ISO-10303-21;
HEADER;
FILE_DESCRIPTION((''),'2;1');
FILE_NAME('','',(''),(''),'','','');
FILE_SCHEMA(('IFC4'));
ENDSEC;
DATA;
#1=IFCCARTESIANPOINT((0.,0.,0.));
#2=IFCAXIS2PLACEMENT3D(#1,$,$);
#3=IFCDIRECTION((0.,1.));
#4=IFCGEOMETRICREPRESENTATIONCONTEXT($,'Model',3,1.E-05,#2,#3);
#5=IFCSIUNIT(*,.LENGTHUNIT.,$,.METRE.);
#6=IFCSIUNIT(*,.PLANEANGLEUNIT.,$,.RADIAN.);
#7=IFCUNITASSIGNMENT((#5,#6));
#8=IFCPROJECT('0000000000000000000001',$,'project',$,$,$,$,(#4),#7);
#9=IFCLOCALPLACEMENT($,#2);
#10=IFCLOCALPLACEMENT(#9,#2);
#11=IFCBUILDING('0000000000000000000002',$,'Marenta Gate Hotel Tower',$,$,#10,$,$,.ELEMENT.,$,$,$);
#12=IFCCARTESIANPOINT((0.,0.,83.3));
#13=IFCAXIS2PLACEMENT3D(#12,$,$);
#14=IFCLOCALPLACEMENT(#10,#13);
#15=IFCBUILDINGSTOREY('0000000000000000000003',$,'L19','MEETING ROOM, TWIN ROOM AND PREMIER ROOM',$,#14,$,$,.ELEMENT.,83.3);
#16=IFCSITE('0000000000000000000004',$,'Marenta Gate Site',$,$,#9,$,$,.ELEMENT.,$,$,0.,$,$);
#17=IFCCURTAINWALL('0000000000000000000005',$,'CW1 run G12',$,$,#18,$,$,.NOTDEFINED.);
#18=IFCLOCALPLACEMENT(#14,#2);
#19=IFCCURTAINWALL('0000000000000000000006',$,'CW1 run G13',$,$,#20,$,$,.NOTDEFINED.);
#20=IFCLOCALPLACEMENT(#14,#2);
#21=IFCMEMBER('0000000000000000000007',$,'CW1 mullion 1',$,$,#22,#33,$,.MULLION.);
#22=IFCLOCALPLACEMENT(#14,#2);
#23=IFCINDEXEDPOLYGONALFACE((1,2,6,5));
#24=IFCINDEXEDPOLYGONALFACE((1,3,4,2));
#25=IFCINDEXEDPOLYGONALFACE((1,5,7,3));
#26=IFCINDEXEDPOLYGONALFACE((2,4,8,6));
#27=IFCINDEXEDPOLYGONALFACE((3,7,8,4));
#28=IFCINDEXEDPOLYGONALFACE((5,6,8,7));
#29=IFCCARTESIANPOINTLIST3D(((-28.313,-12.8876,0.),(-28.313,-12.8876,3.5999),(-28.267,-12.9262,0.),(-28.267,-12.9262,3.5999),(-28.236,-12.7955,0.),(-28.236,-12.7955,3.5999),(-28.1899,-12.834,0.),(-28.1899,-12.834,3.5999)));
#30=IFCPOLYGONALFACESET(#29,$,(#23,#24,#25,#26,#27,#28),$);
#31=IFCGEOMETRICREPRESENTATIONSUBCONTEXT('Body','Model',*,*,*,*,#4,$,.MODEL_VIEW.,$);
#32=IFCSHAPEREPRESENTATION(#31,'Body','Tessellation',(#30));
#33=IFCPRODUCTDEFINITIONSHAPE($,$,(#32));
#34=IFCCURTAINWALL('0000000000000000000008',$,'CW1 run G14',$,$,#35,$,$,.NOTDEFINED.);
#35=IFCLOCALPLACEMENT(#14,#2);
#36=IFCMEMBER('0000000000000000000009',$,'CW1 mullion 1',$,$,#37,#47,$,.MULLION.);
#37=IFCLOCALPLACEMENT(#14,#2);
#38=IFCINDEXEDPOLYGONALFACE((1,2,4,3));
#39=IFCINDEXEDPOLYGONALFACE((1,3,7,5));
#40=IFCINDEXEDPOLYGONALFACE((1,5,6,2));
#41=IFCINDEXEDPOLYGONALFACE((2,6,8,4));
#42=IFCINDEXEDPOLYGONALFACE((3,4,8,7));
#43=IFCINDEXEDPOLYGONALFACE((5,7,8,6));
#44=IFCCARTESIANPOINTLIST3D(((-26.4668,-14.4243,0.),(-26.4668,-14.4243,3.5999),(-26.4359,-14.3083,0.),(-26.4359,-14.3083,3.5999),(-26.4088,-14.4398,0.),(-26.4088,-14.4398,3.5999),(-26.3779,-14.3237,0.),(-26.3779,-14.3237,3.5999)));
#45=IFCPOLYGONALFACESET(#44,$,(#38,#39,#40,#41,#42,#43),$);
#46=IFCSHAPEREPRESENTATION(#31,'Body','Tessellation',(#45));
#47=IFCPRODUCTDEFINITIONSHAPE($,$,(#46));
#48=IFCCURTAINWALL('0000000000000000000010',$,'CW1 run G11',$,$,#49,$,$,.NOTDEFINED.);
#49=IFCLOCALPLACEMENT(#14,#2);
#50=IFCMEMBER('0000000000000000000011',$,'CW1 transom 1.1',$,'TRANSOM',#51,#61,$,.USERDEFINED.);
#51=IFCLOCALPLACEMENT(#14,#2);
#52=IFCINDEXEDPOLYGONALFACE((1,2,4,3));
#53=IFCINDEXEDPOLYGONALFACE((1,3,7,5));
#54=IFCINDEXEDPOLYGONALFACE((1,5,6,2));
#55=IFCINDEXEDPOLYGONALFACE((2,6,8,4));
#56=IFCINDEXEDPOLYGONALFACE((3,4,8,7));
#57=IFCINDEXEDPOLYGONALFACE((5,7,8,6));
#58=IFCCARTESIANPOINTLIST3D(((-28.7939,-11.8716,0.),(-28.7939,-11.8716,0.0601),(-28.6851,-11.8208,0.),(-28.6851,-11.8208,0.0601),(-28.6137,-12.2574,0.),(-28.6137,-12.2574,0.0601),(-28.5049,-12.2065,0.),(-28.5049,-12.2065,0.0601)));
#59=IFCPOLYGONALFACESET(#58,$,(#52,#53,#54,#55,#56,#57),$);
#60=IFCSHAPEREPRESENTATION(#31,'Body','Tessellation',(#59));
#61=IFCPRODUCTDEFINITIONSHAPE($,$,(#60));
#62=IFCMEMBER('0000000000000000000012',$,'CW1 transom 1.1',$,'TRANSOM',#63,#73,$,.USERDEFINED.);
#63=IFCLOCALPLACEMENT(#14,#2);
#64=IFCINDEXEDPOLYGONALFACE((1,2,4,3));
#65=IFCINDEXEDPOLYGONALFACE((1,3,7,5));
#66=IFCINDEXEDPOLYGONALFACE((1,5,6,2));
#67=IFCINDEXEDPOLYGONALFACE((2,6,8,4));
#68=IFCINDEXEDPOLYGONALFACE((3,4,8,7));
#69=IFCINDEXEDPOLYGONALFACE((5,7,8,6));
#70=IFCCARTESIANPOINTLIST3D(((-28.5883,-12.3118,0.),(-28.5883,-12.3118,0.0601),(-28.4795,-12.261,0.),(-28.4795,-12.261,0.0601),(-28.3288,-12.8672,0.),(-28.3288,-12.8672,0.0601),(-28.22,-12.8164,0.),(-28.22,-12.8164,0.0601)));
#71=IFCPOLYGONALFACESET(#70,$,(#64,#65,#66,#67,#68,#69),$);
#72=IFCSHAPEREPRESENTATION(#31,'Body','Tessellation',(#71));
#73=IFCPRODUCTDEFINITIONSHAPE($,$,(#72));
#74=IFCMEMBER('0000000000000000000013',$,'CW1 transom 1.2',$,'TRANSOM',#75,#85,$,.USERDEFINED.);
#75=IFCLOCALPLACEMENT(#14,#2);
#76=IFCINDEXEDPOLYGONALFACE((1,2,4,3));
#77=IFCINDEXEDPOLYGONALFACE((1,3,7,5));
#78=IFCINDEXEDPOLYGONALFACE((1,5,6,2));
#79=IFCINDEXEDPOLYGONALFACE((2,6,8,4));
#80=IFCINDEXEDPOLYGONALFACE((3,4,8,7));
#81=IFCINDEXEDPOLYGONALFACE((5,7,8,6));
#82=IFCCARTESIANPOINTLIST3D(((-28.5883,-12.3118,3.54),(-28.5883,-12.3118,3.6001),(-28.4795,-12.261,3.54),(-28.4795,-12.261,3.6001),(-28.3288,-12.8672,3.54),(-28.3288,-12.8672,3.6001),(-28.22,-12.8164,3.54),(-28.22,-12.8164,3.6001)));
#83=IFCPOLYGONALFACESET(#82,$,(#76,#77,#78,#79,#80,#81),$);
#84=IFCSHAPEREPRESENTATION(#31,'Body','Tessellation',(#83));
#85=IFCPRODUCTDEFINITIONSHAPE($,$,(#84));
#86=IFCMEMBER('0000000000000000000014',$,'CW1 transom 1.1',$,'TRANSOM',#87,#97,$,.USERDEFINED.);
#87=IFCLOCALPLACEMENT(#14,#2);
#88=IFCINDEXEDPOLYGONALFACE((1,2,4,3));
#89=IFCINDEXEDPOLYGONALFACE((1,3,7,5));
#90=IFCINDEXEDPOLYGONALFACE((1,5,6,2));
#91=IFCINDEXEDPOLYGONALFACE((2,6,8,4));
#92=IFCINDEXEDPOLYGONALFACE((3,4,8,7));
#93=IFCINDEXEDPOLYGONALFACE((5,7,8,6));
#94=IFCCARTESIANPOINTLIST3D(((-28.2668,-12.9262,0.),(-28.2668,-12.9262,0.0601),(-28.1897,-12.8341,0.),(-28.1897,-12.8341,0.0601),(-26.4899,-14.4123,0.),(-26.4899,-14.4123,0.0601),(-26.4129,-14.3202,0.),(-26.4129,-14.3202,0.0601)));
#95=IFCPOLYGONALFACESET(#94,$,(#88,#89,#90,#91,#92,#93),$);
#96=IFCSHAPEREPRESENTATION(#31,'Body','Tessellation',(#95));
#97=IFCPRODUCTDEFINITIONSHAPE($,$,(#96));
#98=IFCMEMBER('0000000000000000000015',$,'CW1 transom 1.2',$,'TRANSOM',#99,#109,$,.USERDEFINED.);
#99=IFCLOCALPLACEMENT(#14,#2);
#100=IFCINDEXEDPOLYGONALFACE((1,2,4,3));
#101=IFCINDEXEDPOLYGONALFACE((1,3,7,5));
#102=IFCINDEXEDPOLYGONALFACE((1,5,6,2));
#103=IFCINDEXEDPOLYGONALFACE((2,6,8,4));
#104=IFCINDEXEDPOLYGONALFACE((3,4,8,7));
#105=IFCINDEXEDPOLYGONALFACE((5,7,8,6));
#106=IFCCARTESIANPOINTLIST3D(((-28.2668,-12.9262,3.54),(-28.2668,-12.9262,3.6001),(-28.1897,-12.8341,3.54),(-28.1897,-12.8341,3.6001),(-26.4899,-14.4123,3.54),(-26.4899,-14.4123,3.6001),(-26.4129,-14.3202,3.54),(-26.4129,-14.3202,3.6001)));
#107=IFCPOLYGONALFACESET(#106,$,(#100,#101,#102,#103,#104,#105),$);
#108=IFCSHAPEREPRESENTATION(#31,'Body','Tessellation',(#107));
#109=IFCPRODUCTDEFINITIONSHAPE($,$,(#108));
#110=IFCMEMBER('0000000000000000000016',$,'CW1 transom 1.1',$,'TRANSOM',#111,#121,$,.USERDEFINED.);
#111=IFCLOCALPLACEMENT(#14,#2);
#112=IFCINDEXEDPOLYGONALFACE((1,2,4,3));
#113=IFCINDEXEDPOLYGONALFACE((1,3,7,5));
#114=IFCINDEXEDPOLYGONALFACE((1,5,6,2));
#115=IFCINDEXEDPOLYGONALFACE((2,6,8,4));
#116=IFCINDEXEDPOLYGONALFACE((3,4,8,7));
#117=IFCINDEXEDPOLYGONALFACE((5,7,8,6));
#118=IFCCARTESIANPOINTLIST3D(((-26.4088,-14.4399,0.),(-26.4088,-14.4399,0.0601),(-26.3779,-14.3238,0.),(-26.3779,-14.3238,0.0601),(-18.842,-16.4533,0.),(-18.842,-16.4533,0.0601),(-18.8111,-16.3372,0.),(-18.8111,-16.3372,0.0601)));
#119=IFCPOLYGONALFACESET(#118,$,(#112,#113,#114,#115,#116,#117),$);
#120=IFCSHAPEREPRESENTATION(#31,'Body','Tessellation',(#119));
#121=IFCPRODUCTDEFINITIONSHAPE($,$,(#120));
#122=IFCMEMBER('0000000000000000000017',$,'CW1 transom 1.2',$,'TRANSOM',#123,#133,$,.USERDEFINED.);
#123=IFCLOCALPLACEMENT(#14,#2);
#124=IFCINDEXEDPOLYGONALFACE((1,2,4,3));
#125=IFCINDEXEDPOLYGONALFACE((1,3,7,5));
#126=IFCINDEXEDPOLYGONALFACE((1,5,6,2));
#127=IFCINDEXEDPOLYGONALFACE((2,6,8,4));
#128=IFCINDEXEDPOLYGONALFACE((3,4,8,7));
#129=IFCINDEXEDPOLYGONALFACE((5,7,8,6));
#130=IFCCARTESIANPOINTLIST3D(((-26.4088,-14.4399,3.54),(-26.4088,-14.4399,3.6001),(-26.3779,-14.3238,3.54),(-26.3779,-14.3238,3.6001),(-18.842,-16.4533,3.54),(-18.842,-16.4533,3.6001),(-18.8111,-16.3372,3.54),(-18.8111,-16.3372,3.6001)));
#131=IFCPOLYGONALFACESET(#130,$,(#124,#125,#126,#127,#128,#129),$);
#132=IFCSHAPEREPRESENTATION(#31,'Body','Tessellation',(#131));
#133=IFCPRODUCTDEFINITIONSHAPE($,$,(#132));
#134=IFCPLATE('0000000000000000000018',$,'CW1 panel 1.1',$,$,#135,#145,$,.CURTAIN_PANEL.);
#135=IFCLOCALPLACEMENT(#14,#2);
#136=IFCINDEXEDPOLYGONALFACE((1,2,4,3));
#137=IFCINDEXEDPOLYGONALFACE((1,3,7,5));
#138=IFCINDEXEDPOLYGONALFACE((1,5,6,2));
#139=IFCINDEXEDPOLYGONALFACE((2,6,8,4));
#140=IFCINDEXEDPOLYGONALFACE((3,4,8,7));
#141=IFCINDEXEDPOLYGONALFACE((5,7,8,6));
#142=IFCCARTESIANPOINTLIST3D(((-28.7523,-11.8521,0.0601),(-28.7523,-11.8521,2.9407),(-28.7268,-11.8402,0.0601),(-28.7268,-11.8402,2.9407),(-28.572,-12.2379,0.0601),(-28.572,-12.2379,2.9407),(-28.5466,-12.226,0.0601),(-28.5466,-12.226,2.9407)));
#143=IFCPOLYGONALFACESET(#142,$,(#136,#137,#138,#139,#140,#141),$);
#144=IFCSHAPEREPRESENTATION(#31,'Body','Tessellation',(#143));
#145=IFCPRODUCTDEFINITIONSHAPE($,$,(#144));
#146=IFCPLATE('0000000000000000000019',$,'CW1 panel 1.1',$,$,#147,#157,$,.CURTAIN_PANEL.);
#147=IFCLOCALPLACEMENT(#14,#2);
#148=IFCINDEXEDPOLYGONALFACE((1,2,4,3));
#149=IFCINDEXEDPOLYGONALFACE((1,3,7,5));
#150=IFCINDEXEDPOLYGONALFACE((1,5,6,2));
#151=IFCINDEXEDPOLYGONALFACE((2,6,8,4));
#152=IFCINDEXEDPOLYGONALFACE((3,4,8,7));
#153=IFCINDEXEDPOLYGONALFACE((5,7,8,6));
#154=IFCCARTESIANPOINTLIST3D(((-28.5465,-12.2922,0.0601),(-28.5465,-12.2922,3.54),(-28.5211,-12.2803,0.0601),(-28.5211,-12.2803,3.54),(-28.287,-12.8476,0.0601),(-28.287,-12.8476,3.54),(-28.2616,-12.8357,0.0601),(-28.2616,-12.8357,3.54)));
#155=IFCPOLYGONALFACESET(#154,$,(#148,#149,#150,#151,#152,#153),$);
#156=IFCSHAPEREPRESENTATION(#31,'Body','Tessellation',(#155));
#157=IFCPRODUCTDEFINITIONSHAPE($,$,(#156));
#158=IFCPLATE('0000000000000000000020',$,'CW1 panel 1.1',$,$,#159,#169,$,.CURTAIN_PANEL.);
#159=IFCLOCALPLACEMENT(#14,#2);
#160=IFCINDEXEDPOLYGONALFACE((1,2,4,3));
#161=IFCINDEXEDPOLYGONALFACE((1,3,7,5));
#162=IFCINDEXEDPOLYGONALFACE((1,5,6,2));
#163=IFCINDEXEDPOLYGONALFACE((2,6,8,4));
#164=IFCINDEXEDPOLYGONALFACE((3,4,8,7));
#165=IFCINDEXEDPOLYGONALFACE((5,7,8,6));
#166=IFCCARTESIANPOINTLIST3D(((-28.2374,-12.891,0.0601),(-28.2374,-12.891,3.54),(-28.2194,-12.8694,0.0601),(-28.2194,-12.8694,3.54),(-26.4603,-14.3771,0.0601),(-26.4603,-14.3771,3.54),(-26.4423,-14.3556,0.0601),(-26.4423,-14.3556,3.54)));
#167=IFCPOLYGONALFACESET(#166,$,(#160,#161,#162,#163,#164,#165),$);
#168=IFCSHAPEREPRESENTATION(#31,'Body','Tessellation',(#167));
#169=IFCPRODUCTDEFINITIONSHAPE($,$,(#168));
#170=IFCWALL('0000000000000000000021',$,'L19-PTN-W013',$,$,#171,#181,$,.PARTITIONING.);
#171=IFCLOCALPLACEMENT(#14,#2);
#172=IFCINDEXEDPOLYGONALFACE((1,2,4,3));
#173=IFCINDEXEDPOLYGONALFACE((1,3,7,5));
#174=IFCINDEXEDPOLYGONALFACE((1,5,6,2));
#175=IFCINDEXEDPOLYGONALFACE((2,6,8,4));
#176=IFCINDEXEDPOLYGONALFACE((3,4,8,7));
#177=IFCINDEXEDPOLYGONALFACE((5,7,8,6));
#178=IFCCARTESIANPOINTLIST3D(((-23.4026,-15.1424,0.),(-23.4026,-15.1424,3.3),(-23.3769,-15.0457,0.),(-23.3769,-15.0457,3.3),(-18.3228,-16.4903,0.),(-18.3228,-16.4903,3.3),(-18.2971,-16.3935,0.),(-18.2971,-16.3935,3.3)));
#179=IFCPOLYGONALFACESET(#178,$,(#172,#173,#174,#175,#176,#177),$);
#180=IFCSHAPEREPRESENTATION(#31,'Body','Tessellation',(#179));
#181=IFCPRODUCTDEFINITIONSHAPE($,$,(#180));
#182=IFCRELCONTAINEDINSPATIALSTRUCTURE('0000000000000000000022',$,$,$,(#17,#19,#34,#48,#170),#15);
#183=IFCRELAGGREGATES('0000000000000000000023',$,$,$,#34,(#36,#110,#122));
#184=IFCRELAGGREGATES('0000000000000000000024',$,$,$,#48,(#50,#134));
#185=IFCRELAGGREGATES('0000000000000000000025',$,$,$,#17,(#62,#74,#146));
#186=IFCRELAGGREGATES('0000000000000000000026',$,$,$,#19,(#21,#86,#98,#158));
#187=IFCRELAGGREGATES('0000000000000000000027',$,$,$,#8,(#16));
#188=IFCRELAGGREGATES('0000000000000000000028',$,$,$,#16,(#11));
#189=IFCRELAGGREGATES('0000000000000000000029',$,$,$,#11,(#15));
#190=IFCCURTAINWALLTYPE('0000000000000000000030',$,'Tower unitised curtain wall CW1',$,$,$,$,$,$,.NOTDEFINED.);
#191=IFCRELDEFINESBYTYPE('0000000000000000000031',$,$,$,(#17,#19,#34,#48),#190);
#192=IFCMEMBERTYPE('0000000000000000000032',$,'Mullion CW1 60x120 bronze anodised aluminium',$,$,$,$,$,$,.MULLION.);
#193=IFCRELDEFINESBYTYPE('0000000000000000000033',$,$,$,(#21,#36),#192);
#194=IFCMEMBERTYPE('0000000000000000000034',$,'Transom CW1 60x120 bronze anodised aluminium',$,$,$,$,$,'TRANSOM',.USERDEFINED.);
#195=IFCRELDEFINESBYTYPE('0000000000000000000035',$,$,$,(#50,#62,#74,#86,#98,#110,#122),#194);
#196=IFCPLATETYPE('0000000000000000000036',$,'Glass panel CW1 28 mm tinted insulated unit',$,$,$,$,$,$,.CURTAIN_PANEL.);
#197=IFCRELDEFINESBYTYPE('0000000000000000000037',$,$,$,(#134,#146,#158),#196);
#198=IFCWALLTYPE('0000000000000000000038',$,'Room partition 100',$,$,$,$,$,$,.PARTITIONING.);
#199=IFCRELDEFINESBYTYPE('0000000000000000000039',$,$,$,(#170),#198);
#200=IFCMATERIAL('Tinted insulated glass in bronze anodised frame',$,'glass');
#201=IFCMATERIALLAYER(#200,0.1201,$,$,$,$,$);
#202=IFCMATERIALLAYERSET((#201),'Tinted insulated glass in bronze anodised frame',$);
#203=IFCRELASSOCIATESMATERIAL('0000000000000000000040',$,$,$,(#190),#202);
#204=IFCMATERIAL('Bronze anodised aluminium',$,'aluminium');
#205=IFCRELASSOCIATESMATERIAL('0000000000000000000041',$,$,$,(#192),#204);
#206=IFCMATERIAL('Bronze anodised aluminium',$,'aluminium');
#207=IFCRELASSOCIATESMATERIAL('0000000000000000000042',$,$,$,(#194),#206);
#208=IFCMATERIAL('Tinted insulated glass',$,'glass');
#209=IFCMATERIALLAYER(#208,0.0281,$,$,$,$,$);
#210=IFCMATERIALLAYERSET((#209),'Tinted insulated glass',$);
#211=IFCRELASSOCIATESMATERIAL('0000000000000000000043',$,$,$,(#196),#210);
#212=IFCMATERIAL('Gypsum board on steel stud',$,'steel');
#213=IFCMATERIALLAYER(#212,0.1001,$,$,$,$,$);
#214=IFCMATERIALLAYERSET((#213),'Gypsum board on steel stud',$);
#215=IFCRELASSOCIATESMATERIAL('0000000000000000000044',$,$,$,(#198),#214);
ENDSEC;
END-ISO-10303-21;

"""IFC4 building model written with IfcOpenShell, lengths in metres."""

from ifc_helpers import new_model, si_unit, direction, frame, frame_2d, origin, origin_2d, place, context, subcontext, project, spatial, rectangle, extrude, material, layer, layer_set, material_profile, profile_set, type_object, element, aggregate, save


model = new_model("IFC4")

# Units and contexts
model_context = context("Model", 3, precision=1e-05, world=origin(), true_north=direction((0.0, 1.0)))
body_context = subcontext(model_context, "Body", "Model", "MODEL_VIEW")
ifc_project = project(units=[si_unit("LENGTHUNIT", "METRE"), si_unit("PLANEANGLEUNIT", "RADIAN")], contexts=[model_context])

# Site, building, storey
site_placement = place(None, origin())
site = spatial("IfcSite", under=ifc_project, at=site_placement, Name="Marenta Gate Site", CompositionType="ELEMENT", RefElevation=0.0)
building_placement = place(site_placement, origin())
building = spatial("IfcBuilding", under=site, at=building_placement, Name="Marenta Gate Hotel Tower", CompositionType="ELEMENT")
storey_placement = place(building_placement, frame((0.0, 0.0, 83.3)))
storey = spatial("IfcBuildingStorey", under=building, at=storey_placement, Name="L19", Description="MEETING ROOM, TWIN ROOM AND PREMIER ROOM", CompositionType="ELEMENT", Elevation=83.3)

# Curtain walls, members
ifc_material_1 = material(Name="Tinted insulated glass in bronze anodised frame", Category="glass")
ifc_layer_1 = layer(ifc_material_1, 0.1201)
ifc_layer_set_1 = layer_set([ifc_layer_1], Name="Tinted insulated glass in bronze anodised frame")
curtain_wall_type = type_object("IfcCurtainWallType", Name="Tower unitised curtain wall CW1", PredefinedType="NOTDEFINED", material=ifc_layer_set_1)
curtain_wall_1_placement = place(storey_placement, origin())
curtain_wall_1 = element("IfcCurtainWall", 1, at=curtain_wall_1_placement, inside=storey, type_object=curtain_wall_type, Name="CW1 run G12", PredefinedType="NOTDEFINED")
ifc_material_2 = material(Name="Bronze anodised aluminium", Category="aluminium")
ifc_material_profile_1 = material_profile(ifc_material_2, rectangle(XDim=0.1201, YDim=0.0601, at=origin_2d()), Name="Mullion CW1 60x120 bronze anodised aluminium")
ifc_profile_set_1 = profile_set([ifc_material_profile_1], Name="Bronze anodised aluminium")
member_type_1 = type_object("IfcMemberType", Name="Mullion CW1 60x120 bronze anodised aluminium", PredefinedType="MULLION", material=ifc_profile_set_1)
curtain_wall_2_placement = place(storey_placement, origin())
curtain_wall_2 = element("IfcCurtainWall", 2, at=curtain_wall_2_placement, inside=storey, type_object=curtain_wall_type, Name="CW1 run G13", PredefinedType="NOTDEFINED")
member_1_placement = place(storey_placement, frame((-28.2515, -12.8608, 0.0), z_axis=(0.0, 0.0, 1.0), x_axis=(0.641512, 0.767113, 0.0)))
member_1 = element("IfcMember", 3, at=member_1_placement, type_object=member_type_1, Name="CW1 mullion 1", PredefinedType="MULLION", context=body_context, shape_type="SweptSolid", body=[
    extrude(rectangle(XDim=0.1201, YDim=0.0601, at=origin_2d()), origin(), (0.0, 0.0, 1.0), 3.5999),
])
curtain_wall_3_placement = place(storey_placement, origin())
curtain_wall_3 = element("IfcCurtainWall", 4, at=curtain_wall_3_placement, inside=storey, type_object=curtain_wall_type, Name="CW1 run G14", PredefinedType="NOTDEFINED")
member_2_placement = place(storey_placement, frame((-26.4224, -14.374, 0.0), z_axis=(0.0, 0.0, 1.0), x_axis=(0.257144, 0.966373, 0.0)))
member_2 = element("IfcMember", 5, at=member_2_placement, type_object=member_type_1, Name="CW1 mullion 1", PredefinedType="MULLION", context=body_context, shape_type="SweptSolid", body=[
    extrude(rectangle(XDim=0.1201, YDim=0.0601, at=origin_2d()), origin(), (0.0, 0.0, 1.0), 3.5999),
])
curtain_wall_4_placement = place(storey_placement, origin())
curtain_wall_4 = element("IfcCurtainWall", 6, at=curtain_wall_4_placement, inside=storey, type_object=curtain_wall_type, Name="CW1 run G11", PredefinedType="NOTDEFINED")
ifc_material_3 = material(Name="Bronze anodised aluminium", Category="aluminium")
ifc_material_profile_2 = material_profile(ifc_material_3, rectangle(XDim=0.1201, YDim=0.0601, at=origin_2d()), Name="Transom CW1 60x120 bronze anodised aluminium")
ifc_profile_set_2 = profile_set([ifc_material_profile_2], Name="Bronze anodised aluminium")
member_type_2 = type_object("IfcMemberType", Name="Transom CW1 60x120 bronze anodised aluminium", ElementType="TRANSOM", PredefinedType="USERDEFINED", material=ifc_profile_set_2)
member_3_placement = place(storey_placement, frame((-28.7395, -11.8462, 0.03), z_axis=(0.423199, -0.906037, 0.0), x_axis=(0.906037, 0.423199, 0.0)))
member_3 = element("IfcMember", 7, at=member_3_placement, type_object=member_type_2, Name="CW1 transom 1.1", ObjectType="TRANSOM", PredefinedType="USERDEFINED", context=body_context, shape_type="SweptSolid", body=[
    extrude(rectangle(XDim=0.1201, YDim=0.0601, at=origin_2d()), origin(), (0.0, 0.0, 1.0), 0.4258),
])

# Members
member_4_placement = place(storey_placement, frame((-28.5339, -12.2864, 0.03), z_axis=(0.423321, -0.90598, 0.0), x_axis=(0.90598, 0.423321, 0.0)))
member_4 = element("IfcMember", 8, at=member_4_placement, type_object=member_type_2, Name="CW1 transom 1.1", ObjectType="TRANSOM", PredefinedType="USERDEFINED", context=body_context, shape_type="SweptSolid", body=[
    extrude(rectangle(XDim=0.1201, YDim=0.0601, at=origin_2d()), origin(), (0.0, 0.0, 1.0), 0.613),
])
member_5_placement = place(storey_placement, frame((-28.5339, -12.2864, 3.5701), z_axis=(0.423321, -0.90598, 0.0), x_axis=(0.90598, 0.423321, 0.0)))
member_5 = element("IfcMember", 9, at=member_5_placement, type_object=member_type_2, Name="CW1 transom 1.2", ObjectType="TRANSOM", PredefinedType="USERDEFINED", context=body_context, shape_type="SweptSolid", body=[
    extrude(rectangle(XDim=0.1201, YDim=0.0601, at=origin_2d()), origin(), (0.0, 0.0, 1.0), 0.613),
])
member_6_placement = place(storey_placement, frame((-28.2283, -12.8801, 0.03), z_axis=(0.76708, -0.641552, 0.0), x_axis=(0.641552, 0.76708, 0.0)))
member_6 = element("IfcMember", 10, at=member_6_placement, type_object=member_type_2, Name="CW1 transom 1.1", ObjectType="TRANSOM", PredefinedType="USERDEFINED", context=body_context, shape_type="SweptSolid", body=[
    extrude(rectangle(XDim=0.1201, YDim=0.0601, at=origin_2d()), origin(), (0.0, 0.0, 1.0), 2.3164),
])
member_7_placement = place(storey_placement, frame((-28.2283, -12.8801, 3.5701), z_axis=(0.76708, -0.641552, 0.0), x_axis=(0.641552, 0.76708, 0.0)))
member_7 = element("IfcMember", 11, at=member_7_placement, type_object=member_type_2, Name="CW1 transom 1.2", ObjectType="TRANSOM", PredefinedType="USERDEFINED", context=body_context, shape_type="SweptSolid", body=[
    extrude(rectangle(XDim=0.1201, YDim=0.0601, at=origin_2d()), origin(), (0.0, 0.0, 1.0), 2.3164),
])
member_8_placement = place(storey_placement, frame((-26.3933, -14.3818, 0.03), z_axis=(0.966375, -0.257137, 0.0), x_axis=(0.257137, 0.966375, 0.0)))
member_8 = element("IfcMember", 12, at=member_8_placement, type_object=member_type_2, Name="CW1 transom 1.1", ObjectType="TRANSOM", PredefinedType="USERDEFINED", context=body_context, shape_type="SweptSolid", body=[
    extrude(rectangle(XDim=0.1201, YDim=0.0601, at=origin_2d()), origin(), (0.0, 0.0, 1.0), 7.8301),
])
member_9_placement = place(storey_placement, frame((-26.3933, -14.3818, 3.5701), z_axis=(0.966375, -0.257137, 0.0), x_axis=(0.257137, 0.966375, 0.0)))
member_9 = element("IfcMember", 13, at=member_9_placement, type_object=member_type_2, Name="CW1 transom 1.2", ObjectType="TRANSOM", PredefinedType="USERDEFINED", context=body_context, shape_type="SweptSolid", body=[
    extrude(rectangle(XDim=0.1201, YDim=0.0601, at=origin_2d()), origin(), (0.0, 0.0, 1.0), 7.8301),
])
aggregate(curtain_wall_3, [member_2, member_8, member_9])

# Plates
ifc_material_4 = material(Name="Tinted insulated glass", Category="glass")
ifc_layer_2 = layer(ifc_material_4, 0.0281)
ifc_layer_set_2 = layer_set([ifc_layer_2], Name="Tinted insulated glass")
plate_type = type_object("IfcPlateType", Name="Glass panel CW1 28 mm tinted insulated unit", PredefinedType="CURTAIN_PANEL", material=ifc_layer_set_2)
plate_1_placement = place(storey_placement, frame((-28.6494, -12.0391, 0.0601), z_axis=(0.0, 0.0, 1.0), x_axis=(0.423347, -0.905967, 0.0)))
plate_1 = element("IfcPlate", 14, at=plate_1_placement, type_object=plate_type, Name="CW1 panel 1.1", PredefinedType="CURTAIN_PANEL", context=body_context, shape_type="SweptSolid", body=[
    extrude(rectangle(XDim=0.4258, YDim=0.0281, at=origin_2d()), origin(), (0.0, 0.0, 1.0), 2.8806),
])
aggregate(curtain_wall_4, [member_3, plate_1])
plate_2_placement = place(storey_placement, frame((-28.4041, -12.564, 0.0601), z_axis=(0.0, 0.0, 1.0), x_axis=(0.423341, -0.90597, 0.0)))
plate_2 = element("IfcPlate", 15, at=plate_2_placement, type_object=plate_type, Name="CW1 panel 1.1", PredefinedType="CURTAIN_PANEL", context=body_context, shape_type="SweptSolid", body=[
    extrude(rectangle(XDim=0.613, YDim=0.0281, at=origin_2d()), origin(), (0.0, 0.0, 1.0), 3.48),
])
aggregate(curtain_wall_1, [member_4, member_5, plate_2])
plate_3_placement = place(storey_placement, frame((-27.3398, -13.6233, 0.0601), z_axis=(0.0, 0.0, 1.0), x_axis=(0.767113, -0.641512, 0.0)))
plate_3 = element("IfcPlate", 16, at=plate_3_placement, type_object=plate_type, Name="CW1 panel 1.1", PredefinedType="CURTAIN_PANEL", context=body_context, shape_type="SweptSolid", body=[
    extrude(rectangle(XDim=2.3167, YDim=0.0281, at=origin_2d()), origin(), (0.0, 0.0, 1.0), 3.48),
])
aggregate(curtain_wall_2, [member_1, member_6, member_7, plate_3])

# Wall
ifc_material_5 = material(Name="Gypsum board on steel stud", Category="steel")
ifc_layer_3 = layer(ifc_material_5, 0.1001)
ifc_layer_set_3 = layer_set([ifc_layer_3], Name="Gypsum board on steel stud")
wall_type = type_object("IfcWallType", Name="Room partition 100", PredefinedType="PARTITIONING", material=ifc_layer_set_3)
wall_placement = place(storey_placement, frame((-23.3899, -15.094, 0.0), z_axis=(0.0, 0.0, 1.0), x_axis=(0.966553, -0.256468, 0.0)))
element("IfcWall", 17, at=wall_placement, inside=storey, type_object=wall_type, Name="L19-PTN-W013", PredefinedType="PARTITIONING", context=body_context, shape_type="SweptSolid", body=[
    extrude(rectangle(XDim=5.2556, YDim=0.1001, at=frame_2d((2.6279, 0.0))), origin(), (0.0, 0.0, 1.0), 3.3),
])

save(model, "model.ifc")
